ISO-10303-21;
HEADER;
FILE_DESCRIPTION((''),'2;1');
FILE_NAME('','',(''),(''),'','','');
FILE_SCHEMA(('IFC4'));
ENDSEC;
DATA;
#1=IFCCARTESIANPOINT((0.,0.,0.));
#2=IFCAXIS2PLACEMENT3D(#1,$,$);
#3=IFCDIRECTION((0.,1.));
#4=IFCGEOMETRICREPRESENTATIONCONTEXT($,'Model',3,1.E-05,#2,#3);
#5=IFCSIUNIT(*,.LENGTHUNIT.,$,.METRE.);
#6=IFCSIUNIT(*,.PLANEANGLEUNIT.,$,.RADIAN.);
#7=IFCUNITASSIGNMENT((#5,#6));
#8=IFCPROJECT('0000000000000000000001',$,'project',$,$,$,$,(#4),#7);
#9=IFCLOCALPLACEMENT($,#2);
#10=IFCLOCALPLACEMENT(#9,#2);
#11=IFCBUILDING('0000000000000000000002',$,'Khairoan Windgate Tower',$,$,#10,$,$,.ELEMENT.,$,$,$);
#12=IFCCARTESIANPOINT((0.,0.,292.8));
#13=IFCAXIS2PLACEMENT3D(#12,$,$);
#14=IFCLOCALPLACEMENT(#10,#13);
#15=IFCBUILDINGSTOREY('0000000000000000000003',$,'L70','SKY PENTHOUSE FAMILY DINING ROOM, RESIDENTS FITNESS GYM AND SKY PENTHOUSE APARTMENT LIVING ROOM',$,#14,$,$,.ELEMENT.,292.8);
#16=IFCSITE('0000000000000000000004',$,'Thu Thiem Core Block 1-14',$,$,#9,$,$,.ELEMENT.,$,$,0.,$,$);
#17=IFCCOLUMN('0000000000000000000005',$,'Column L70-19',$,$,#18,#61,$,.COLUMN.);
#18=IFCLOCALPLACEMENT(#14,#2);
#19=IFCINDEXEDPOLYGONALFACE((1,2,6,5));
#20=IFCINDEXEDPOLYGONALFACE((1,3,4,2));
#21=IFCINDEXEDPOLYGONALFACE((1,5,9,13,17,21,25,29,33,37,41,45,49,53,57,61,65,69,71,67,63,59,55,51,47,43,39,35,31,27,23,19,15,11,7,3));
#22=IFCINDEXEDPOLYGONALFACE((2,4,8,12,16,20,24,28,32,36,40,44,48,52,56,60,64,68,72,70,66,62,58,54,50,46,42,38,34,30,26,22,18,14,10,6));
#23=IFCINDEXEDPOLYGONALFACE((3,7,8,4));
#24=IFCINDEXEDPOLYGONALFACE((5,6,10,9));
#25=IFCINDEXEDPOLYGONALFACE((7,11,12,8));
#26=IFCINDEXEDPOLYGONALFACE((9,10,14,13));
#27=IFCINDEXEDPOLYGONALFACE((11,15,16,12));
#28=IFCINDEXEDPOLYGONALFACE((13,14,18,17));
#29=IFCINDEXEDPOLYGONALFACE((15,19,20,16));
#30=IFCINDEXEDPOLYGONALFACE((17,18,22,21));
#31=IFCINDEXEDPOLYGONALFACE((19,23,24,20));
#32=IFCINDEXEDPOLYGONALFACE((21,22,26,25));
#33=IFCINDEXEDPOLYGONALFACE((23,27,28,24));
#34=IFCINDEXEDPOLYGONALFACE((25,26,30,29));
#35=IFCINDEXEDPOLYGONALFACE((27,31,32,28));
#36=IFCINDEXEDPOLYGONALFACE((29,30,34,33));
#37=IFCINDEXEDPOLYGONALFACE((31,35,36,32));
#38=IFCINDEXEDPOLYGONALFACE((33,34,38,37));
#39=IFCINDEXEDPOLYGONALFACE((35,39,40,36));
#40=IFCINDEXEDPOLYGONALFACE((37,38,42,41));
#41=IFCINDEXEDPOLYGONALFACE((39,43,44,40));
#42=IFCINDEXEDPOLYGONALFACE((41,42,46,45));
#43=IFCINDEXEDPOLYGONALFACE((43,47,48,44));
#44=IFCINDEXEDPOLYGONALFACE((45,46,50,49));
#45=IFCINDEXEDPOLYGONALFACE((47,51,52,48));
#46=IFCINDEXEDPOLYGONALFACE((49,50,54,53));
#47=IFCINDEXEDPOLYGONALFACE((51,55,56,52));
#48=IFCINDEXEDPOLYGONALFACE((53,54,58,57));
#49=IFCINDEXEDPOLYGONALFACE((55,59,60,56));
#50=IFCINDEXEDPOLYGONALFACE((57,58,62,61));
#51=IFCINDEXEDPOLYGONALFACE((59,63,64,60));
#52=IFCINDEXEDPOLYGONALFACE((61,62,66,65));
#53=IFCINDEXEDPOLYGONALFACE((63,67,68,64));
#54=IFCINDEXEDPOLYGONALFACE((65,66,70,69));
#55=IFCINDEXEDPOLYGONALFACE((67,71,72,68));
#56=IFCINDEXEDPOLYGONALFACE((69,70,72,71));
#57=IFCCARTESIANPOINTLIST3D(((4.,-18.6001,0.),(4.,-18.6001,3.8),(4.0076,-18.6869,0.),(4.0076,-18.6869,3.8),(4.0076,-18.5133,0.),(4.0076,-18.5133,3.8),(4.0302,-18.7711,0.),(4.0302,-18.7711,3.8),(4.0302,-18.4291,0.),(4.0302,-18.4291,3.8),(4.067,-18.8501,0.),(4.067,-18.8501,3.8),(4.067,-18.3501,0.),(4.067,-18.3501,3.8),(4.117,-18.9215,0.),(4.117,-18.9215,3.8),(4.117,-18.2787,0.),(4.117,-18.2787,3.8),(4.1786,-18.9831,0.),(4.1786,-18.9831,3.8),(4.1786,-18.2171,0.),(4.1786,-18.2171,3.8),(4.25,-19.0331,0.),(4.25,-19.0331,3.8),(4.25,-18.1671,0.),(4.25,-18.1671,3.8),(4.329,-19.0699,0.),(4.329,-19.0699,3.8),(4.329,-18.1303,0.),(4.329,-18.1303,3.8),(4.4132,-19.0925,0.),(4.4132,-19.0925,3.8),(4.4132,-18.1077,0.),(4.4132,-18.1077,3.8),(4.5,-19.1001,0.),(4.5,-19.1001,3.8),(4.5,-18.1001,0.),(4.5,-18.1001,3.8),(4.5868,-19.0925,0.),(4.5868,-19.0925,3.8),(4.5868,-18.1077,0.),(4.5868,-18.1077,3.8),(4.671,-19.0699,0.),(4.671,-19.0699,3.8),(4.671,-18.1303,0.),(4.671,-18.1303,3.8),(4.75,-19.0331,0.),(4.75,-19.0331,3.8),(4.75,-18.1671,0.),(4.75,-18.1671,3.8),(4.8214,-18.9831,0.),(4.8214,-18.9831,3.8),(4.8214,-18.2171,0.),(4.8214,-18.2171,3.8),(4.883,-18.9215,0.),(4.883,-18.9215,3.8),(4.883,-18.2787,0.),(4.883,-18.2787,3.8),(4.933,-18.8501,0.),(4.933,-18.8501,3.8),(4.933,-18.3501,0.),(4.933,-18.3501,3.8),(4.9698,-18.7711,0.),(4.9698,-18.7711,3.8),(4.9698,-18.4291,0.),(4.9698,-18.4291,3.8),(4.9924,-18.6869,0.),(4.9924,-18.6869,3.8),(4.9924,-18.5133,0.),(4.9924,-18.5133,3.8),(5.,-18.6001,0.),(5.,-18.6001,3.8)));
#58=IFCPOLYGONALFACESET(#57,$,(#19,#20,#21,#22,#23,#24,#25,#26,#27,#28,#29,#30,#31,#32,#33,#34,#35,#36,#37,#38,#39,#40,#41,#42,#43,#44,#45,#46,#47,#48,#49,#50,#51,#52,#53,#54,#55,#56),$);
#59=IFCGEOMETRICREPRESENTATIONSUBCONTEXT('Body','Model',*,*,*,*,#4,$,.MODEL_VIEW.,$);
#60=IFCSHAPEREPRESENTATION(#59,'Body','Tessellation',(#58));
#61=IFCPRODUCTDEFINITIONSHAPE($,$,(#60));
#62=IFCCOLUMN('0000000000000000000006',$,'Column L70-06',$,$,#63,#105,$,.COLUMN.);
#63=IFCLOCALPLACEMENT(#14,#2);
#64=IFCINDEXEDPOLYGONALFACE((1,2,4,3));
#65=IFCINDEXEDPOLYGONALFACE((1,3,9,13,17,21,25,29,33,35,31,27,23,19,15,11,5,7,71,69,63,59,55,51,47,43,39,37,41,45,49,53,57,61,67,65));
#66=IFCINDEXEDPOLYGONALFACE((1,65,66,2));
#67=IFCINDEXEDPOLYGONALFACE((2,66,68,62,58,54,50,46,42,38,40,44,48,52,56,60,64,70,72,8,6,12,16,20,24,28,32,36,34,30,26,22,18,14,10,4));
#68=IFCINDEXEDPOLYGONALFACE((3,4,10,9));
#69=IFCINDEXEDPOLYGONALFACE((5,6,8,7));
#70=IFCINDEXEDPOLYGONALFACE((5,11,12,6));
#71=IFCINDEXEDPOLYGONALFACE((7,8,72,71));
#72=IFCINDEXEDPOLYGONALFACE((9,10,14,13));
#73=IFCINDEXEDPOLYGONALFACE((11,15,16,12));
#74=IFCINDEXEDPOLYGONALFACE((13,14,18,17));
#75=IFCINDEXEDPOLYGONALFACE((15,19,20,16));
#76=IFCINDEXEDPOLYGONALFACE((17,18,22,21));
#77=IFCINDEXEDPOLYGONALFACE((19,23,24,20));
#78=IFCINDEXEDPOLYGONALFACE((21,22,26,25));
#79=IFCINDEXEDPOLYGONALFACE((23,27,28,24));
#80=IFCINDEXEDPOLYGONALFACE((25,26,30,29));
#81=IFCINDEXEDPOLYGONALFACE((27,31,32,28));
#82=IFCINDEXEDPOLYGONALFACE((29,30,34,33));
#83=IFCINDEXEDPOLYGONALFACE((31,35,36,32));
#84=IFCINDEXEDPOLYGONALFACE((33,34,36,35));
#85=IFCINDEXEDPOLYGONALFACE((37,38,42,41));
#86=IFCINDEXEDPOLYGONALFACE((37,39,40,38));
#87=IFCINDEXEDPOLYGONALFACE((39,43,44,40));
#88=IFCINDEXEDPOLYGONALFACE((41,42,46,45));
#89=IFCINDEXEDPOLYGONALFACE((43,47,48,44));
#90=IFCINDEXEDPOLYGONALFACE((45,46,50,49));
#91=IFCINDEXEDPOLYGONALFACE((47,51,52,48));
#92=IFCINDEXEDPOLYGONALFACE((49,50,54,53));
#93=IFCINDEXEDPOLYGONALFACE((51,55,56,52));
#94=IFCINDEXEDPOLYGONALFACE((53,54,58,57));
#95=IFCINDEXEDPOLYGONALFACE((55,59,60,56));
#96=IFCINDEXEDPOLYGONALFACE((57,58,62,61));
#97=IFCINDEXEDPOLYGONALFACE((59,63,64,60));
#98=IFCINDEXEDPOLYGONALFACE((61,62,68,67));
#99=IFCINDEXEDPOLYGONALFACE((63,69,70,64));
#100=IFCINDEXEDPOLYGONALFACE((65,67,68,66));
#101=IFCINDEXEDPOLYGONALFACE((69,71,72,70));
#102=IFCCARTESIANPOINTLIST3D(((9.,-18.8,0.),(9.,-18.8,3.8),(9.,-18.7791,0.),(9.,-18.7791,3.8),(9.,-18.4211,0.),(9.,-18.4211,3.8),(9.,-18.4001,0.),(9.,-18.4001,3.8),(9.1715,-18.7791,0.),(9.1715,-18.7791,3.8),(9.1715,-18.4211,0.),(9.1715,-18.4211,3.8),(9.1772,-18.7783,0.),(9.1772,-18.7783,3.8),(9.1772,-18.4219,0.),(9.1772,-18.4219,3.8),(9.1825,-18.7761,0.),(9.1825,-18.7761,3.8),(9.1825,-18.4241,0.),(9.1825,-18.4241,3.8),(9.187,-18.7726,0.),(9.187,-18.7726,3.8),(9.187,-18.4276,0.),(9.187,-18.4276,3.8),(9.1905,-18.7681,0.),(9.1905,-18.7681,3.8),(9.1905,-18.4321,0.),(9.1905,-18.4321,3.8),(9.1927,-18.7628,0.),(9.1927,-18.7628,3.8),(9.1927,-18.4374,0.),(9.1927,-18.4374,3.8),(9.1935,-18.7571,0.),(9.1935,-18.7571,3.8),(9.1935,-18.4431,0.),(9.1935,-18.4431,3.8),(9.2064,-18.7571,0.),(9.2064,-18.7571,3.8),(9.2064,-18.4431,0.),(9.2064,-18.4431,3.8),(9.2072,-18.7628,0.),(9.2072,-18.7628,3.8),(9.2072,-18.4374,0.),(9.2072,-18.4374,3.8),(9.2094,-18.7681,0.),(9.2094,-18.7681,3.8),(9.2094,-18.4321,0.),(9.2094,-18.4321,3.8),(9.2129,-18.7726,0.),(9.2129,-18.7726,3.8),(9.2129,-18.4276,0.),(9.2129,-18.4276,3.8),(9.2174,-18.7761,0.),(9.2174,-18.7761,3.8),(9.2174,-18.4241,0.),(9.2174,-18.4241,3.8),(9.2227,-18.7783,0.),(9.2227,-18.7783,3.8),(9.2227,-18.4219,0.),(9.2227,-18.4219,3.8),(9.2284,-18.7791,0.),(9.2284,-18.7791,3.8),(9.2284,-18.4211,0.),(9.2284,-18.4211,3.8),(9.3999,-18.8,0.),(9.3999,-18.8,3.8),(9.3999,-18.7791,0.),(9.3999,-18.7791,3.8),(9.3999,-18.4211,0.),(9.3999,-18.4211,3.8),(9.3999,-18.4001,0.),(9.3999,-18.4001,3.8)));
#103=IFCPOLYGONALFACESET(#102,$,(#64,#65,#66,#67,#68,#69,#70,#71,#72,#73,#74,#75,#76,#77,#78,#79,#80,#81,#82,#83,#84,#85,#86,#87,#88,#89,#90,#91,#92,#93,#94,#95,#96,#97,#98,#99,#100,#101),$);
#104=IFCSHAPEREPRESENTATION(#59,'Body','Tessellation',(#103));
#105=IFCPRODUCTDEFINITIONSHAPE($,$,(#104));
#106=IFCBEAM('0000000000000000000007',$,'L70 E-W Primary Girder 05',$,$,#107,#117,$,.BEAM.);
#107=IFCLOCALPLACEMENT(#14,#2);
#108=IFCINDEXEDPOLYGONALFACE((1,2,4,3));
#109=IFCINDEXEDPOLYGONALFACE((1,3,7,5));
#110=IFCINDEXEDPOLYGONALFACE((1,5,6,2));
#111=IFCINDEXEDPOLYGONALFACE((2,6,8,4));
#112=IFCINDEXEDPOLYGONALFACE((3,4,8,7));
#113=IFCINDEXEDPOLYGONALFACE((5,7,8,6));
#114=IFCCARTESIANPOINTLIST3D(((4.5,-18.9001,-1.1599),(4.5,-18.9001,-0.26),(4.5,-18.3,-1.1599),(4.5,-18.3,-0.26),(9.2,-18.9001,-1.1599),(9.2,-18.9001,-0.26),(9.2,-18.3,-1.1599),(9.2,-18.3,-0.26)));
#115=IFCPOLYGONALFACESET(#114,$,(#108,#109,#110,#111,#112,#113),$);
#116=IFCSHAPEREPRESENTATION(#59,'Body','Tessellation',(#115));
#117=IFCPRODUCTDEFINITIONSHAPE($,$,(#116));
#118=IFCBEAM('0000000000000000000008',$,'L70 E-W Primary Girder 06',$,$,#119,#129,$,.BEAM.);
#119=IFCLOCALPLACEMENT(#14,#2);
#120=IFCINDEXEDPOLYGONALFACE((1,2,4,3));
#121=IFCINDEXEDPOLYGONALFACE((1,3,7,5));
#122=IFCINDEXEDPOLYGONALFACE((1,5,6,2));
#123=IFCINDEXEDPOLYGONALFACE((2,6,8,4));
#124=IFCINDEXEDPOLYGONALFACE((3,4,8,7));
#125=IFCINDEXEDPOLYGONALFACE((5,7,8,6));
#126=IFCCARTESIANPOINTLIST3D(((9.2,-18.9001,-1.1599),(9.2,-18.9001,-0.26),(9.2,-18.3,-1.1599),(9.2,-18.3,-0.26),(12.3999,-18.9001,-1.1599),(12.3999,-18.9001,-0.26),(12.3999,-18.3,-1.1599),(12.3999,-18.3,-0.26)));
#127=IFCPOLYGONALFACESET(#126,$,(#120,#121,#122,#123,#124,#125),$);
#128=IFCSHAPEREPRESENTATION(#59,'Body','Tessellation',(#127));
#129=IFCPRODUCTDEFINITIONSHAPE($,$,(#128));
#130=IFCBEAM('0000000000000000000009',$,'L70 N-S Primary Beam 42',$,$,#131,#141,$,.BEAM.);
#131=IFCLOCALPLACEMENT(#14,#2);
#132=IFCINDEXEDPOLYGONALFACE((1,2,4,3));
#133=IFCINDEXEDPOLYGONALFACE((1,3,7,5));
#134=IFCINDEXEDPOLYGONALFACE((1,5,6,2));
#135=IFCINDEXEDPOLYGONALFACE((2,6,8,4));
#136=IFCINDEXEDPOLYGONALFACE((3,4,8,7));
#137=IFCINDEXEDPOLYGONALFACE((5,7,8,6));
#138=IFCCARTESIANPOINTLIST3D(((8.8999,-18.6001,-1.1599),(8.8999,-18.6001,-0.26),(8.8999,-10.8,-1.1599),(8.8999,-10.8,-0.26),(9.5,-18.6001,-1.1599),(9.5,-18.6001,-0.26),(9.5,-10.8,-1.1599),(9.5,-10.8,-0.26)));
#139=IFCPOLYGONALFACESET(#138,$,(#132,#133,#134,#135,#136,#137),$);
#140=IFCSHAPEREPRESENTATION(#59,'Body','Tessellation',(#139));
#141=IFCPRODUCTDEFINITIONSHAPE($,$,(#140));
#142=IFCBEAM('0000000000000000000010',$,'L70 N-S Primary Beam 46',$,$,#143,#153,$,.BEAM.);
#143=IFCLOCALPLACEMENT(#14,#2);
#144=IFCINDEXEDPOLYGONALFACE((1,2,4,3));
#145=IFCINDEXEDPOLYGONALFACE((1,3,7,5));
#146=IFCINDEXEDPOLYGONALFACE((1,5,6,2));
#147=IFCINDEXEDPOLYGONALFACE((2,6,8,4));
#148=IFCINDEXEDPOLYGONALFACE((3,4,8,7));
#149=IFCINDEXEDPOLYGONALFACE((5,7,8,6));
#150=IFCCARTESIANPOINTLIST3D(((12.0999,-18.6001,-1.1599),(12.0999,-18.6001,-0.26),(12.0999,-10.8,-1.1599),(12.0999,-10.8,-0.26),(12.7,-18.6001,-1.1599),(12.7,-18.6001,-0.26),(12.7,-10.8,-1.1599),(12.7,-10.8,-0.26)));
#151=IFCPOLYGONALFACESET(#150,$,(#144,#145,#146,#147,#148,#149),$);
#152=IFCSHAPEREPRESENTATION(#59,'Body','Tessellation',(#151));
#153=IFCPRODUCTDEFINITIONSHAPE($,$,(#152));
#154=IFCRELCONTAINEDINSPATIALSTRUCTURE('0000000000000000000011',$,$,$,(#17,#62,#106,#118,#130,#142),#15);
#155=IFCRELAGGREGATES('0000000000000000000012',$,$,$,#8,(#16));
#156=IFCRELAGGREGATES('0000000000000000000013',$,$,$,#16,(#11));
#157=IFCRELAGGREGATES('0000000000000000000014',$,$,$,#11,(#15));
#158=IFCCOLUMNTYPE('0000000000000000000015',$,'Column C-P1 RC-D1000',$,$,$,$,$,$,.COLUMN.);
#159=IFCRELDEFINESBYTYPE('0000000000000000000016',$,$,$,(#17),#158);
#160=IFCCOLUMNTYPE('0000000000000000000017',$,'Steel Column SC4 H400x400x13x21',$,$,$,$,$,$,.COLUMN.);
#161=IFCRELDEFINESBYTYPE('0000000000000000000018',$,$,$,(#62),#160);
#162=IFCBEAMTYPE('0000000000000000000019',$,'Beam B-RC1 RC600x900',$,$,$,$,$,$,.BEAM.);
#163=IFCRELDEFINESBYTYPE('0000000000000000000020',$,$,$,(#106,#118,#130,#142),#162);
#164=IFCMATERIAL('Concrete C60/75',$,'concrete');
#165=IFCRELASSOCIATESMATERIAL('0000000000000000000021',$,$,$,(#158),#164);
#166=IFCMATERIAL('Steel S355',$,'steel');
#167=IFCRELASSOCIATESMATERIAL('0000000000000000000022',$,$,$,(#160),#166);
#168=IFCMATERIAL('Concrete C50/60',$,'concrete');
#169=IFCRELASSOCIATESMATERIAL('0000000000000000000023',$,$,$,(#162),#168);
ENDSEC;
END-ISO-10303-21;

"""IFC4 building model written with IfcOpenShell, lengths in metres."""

from ifc_helpers import new_model, si_unit, direction, frame, origin, origin_2d, place, context, subcontext, project, spatial, rectangle, circle, i_section, extrude, material, material_profile, profile_set, type_object, element, save


model = new_model("IFC4")

# Units and contexts
model_context = context("Model", 3, precision=1e-05, world=origin(), true_north=direction((0.0, 1.0)))
body_context = subcontext(model_context, "Body", "Model", "MODEL_VIEW")
ifc_project = project(units=[si_unit("LENGTHUNIT", "METRE"), si_unit("PLANEANGLEUNIT", "RADIAN")], contexts=[model_context])

# Site, building, storey
site_placement = place(None, origin())
site = spatial("IfcSite", under=ifc_project, at=site_placement, Name="Thu Thiem Core Block 1-14", CompositionType="ELEMENT", RefElevation=0.0)
building_placement = place(site_placement, origin())
building = spatial("IfcBuilding", under=site, at=building_placement, Name="Khairoan Windgate Tower", CompositionType="ELEMENT")
storey_placement = place(building_placement, frame((0.0, 0.0, 292.8)))
storey = spatial("IfcBuildingStorey", under=building, at=storey_placement, Name="L70", Description="SKY PENTHOUSE FAMILY DINING ROOM, RESIDENTS FITNESS GYM AND SKY PENTHOUSE APARTMENT LIVING ROOM", CompositionType="ELEMENT", Elevation=292.8)

# Columns
ifc_material_1 = material(Name="Concrete C60/75", Category="concrete")
ifc_material_profile_1 = material_profile(ifc_material_1, circle(Radius=0.5, at=origin_2d()))
ifc_profile_set_1 = profile_set([ifc_material_profile_1], Name="Concrete C60/75")
column_type_1 = type_object("IfcColumnType", Name="Column C-P1 RC-D1000", PredefinedType="COLUMN", material=ifc_profile_set_1)
column_1_placement = place(storey_placement, frame((4.5, -18.6001, 0.0), z_axis=(0.0, 0.0, 1.0), x_axis=(1.0, 0.0, 0.0)))
element("IfcColumn", 1, at=column_1_placement, inside=storey, type_object=column_type_1, Name="Column L70-19", PredefinedType="COLUMN", context=body_context, shape_type="SweptSolid", body=[
    extrude(circle(Radius=0.5, at=origin_2d()), origin(), (0.0, 0.0, 1.0), 3.8),
])
ifc_material_2 = material(Name="Steel S355", Category="steel")
ifc_material_profile_2 = material_profile(ifc_material_2, i_section(OverallWidth=0.3999, OverallDepth=0.3999, WebThickness=0.0129, FlangeThickness=0.021, FilletRadius=0.022, at=origin_2d()))
ifc_profile_set_2 = profile_set([ifc_material_profile_2], Name="Steel S355")
column_type_2 = type_object("IfcColumnType", Name="Steel Column SC4 H400x400x13x21", PredefinedType="COLUMN", material=ifc_profile_set_2)
column_2_placement = place(storey_placement, frame((9.2, -18.6001, 0.0), z_axis=(0.0, 0.0, 1.0), x_axis=(1.0, 0.0, 0.0)))
element("IfcColumn", 2, at=column_2_placement, inside=storey, type_object=column_type_2, Name="Column L70-06", PredefinedType="COLUMN", context=body_context, shape_type="SweptSolid", body=[
    extrude(i_section(OverallWidth=0.3999, OverallDepth=0.3999, WebThickness=0.0129, FlangeThickness=0.021, FilletRadius=0.022, at=origin_2d()), origin(), (0.0, 0.0, 1.0), 3.8),
])

# Beams
ifc_material_3 = material(Name="Concrete C50/60", Category="concrete")
ifc_material_profile_3 = material_profile(ifc_material_3, rectangle(XDim=0.6001, YDim=0.8999, at=origin_2d()))
ifc_profile_set_3 = profile_set([ifc_material_profile_3], Name="Concrete C50/60")
beam_type_1 = type_object("IfcBeamType", Name="Beam B-RC1 RC600x900", PredefinedType="BEAM", material=ifc_profile_set_3)
beam_1_placement = place(storey_placement, frame((4.5, -18.6001, -0.71), z_axis=(1.0, 0.0, 0.0), x_axis=(0.0, 1.0, 0.0)))
element("IfcBeam", 3, at=beam_1_placement, inside=storey, type_object=beam_type_1, Name="L70 E-W Primary Girder 05", PredefinedType="BEAM", context=body_context, shape_type="SweptSolid", body=[
    extrude(rectangle(XDim=0.6001, YDim=0.8999, at=origin_2d()), origin(), (0.0, 0.0, 1.0), 4.7),
])
beam_2_placement = place(storey_placement, frame((9.2, -18.6001, -0.71), z_axis=(1.0, 0.0, 0.0), x_axis=(0.0, 1.0, 0.0)))
element("IfcBeam", 4, at=beam_2_placement, inside=storey, type_object=beam_type_1, Name="L70 E-W Primary Girder 06", PredefinedType="BEAM", context=body_context, shape_type="SweptSolid", body=[
    extrude(rectangle(XDim=0.6001, YDim=0.8999, at=origin_2d()), origin(), (0.0, 0.0, 1.0), 3.2),
])
for number, where, z_axis, x_axis, name in (
    (5, (9.2, -18.6001, -0.71), (0.0, 1.0, 0.0), (-1.0, 0.0, 0.0), "L70 N-S Primary Beam 42"),
    (6, (12.3999, -18.6001, -0.71), (0.0, 1.0, 0.0), (-1.0, 0.0, 0.0), "L70 N-S Primary Beam 46"),
):
    element("IfcBeam", number, at=place(storey_placement, frame(where, z_axis=z_axis, x_axis=x_axis)), inside=storey, type_object=beam_type_1, Name=name, PredefinedType="BEAM", context=body_context, shape_type="SweptSolid", body=[
        extrude(rectangle(XDim=0.6001, YDim=0.8999, at=origin_2d()), origin(), (0.0, 0.0, 1.0), 7.8),
    ])

save(model, "model.ifc")
